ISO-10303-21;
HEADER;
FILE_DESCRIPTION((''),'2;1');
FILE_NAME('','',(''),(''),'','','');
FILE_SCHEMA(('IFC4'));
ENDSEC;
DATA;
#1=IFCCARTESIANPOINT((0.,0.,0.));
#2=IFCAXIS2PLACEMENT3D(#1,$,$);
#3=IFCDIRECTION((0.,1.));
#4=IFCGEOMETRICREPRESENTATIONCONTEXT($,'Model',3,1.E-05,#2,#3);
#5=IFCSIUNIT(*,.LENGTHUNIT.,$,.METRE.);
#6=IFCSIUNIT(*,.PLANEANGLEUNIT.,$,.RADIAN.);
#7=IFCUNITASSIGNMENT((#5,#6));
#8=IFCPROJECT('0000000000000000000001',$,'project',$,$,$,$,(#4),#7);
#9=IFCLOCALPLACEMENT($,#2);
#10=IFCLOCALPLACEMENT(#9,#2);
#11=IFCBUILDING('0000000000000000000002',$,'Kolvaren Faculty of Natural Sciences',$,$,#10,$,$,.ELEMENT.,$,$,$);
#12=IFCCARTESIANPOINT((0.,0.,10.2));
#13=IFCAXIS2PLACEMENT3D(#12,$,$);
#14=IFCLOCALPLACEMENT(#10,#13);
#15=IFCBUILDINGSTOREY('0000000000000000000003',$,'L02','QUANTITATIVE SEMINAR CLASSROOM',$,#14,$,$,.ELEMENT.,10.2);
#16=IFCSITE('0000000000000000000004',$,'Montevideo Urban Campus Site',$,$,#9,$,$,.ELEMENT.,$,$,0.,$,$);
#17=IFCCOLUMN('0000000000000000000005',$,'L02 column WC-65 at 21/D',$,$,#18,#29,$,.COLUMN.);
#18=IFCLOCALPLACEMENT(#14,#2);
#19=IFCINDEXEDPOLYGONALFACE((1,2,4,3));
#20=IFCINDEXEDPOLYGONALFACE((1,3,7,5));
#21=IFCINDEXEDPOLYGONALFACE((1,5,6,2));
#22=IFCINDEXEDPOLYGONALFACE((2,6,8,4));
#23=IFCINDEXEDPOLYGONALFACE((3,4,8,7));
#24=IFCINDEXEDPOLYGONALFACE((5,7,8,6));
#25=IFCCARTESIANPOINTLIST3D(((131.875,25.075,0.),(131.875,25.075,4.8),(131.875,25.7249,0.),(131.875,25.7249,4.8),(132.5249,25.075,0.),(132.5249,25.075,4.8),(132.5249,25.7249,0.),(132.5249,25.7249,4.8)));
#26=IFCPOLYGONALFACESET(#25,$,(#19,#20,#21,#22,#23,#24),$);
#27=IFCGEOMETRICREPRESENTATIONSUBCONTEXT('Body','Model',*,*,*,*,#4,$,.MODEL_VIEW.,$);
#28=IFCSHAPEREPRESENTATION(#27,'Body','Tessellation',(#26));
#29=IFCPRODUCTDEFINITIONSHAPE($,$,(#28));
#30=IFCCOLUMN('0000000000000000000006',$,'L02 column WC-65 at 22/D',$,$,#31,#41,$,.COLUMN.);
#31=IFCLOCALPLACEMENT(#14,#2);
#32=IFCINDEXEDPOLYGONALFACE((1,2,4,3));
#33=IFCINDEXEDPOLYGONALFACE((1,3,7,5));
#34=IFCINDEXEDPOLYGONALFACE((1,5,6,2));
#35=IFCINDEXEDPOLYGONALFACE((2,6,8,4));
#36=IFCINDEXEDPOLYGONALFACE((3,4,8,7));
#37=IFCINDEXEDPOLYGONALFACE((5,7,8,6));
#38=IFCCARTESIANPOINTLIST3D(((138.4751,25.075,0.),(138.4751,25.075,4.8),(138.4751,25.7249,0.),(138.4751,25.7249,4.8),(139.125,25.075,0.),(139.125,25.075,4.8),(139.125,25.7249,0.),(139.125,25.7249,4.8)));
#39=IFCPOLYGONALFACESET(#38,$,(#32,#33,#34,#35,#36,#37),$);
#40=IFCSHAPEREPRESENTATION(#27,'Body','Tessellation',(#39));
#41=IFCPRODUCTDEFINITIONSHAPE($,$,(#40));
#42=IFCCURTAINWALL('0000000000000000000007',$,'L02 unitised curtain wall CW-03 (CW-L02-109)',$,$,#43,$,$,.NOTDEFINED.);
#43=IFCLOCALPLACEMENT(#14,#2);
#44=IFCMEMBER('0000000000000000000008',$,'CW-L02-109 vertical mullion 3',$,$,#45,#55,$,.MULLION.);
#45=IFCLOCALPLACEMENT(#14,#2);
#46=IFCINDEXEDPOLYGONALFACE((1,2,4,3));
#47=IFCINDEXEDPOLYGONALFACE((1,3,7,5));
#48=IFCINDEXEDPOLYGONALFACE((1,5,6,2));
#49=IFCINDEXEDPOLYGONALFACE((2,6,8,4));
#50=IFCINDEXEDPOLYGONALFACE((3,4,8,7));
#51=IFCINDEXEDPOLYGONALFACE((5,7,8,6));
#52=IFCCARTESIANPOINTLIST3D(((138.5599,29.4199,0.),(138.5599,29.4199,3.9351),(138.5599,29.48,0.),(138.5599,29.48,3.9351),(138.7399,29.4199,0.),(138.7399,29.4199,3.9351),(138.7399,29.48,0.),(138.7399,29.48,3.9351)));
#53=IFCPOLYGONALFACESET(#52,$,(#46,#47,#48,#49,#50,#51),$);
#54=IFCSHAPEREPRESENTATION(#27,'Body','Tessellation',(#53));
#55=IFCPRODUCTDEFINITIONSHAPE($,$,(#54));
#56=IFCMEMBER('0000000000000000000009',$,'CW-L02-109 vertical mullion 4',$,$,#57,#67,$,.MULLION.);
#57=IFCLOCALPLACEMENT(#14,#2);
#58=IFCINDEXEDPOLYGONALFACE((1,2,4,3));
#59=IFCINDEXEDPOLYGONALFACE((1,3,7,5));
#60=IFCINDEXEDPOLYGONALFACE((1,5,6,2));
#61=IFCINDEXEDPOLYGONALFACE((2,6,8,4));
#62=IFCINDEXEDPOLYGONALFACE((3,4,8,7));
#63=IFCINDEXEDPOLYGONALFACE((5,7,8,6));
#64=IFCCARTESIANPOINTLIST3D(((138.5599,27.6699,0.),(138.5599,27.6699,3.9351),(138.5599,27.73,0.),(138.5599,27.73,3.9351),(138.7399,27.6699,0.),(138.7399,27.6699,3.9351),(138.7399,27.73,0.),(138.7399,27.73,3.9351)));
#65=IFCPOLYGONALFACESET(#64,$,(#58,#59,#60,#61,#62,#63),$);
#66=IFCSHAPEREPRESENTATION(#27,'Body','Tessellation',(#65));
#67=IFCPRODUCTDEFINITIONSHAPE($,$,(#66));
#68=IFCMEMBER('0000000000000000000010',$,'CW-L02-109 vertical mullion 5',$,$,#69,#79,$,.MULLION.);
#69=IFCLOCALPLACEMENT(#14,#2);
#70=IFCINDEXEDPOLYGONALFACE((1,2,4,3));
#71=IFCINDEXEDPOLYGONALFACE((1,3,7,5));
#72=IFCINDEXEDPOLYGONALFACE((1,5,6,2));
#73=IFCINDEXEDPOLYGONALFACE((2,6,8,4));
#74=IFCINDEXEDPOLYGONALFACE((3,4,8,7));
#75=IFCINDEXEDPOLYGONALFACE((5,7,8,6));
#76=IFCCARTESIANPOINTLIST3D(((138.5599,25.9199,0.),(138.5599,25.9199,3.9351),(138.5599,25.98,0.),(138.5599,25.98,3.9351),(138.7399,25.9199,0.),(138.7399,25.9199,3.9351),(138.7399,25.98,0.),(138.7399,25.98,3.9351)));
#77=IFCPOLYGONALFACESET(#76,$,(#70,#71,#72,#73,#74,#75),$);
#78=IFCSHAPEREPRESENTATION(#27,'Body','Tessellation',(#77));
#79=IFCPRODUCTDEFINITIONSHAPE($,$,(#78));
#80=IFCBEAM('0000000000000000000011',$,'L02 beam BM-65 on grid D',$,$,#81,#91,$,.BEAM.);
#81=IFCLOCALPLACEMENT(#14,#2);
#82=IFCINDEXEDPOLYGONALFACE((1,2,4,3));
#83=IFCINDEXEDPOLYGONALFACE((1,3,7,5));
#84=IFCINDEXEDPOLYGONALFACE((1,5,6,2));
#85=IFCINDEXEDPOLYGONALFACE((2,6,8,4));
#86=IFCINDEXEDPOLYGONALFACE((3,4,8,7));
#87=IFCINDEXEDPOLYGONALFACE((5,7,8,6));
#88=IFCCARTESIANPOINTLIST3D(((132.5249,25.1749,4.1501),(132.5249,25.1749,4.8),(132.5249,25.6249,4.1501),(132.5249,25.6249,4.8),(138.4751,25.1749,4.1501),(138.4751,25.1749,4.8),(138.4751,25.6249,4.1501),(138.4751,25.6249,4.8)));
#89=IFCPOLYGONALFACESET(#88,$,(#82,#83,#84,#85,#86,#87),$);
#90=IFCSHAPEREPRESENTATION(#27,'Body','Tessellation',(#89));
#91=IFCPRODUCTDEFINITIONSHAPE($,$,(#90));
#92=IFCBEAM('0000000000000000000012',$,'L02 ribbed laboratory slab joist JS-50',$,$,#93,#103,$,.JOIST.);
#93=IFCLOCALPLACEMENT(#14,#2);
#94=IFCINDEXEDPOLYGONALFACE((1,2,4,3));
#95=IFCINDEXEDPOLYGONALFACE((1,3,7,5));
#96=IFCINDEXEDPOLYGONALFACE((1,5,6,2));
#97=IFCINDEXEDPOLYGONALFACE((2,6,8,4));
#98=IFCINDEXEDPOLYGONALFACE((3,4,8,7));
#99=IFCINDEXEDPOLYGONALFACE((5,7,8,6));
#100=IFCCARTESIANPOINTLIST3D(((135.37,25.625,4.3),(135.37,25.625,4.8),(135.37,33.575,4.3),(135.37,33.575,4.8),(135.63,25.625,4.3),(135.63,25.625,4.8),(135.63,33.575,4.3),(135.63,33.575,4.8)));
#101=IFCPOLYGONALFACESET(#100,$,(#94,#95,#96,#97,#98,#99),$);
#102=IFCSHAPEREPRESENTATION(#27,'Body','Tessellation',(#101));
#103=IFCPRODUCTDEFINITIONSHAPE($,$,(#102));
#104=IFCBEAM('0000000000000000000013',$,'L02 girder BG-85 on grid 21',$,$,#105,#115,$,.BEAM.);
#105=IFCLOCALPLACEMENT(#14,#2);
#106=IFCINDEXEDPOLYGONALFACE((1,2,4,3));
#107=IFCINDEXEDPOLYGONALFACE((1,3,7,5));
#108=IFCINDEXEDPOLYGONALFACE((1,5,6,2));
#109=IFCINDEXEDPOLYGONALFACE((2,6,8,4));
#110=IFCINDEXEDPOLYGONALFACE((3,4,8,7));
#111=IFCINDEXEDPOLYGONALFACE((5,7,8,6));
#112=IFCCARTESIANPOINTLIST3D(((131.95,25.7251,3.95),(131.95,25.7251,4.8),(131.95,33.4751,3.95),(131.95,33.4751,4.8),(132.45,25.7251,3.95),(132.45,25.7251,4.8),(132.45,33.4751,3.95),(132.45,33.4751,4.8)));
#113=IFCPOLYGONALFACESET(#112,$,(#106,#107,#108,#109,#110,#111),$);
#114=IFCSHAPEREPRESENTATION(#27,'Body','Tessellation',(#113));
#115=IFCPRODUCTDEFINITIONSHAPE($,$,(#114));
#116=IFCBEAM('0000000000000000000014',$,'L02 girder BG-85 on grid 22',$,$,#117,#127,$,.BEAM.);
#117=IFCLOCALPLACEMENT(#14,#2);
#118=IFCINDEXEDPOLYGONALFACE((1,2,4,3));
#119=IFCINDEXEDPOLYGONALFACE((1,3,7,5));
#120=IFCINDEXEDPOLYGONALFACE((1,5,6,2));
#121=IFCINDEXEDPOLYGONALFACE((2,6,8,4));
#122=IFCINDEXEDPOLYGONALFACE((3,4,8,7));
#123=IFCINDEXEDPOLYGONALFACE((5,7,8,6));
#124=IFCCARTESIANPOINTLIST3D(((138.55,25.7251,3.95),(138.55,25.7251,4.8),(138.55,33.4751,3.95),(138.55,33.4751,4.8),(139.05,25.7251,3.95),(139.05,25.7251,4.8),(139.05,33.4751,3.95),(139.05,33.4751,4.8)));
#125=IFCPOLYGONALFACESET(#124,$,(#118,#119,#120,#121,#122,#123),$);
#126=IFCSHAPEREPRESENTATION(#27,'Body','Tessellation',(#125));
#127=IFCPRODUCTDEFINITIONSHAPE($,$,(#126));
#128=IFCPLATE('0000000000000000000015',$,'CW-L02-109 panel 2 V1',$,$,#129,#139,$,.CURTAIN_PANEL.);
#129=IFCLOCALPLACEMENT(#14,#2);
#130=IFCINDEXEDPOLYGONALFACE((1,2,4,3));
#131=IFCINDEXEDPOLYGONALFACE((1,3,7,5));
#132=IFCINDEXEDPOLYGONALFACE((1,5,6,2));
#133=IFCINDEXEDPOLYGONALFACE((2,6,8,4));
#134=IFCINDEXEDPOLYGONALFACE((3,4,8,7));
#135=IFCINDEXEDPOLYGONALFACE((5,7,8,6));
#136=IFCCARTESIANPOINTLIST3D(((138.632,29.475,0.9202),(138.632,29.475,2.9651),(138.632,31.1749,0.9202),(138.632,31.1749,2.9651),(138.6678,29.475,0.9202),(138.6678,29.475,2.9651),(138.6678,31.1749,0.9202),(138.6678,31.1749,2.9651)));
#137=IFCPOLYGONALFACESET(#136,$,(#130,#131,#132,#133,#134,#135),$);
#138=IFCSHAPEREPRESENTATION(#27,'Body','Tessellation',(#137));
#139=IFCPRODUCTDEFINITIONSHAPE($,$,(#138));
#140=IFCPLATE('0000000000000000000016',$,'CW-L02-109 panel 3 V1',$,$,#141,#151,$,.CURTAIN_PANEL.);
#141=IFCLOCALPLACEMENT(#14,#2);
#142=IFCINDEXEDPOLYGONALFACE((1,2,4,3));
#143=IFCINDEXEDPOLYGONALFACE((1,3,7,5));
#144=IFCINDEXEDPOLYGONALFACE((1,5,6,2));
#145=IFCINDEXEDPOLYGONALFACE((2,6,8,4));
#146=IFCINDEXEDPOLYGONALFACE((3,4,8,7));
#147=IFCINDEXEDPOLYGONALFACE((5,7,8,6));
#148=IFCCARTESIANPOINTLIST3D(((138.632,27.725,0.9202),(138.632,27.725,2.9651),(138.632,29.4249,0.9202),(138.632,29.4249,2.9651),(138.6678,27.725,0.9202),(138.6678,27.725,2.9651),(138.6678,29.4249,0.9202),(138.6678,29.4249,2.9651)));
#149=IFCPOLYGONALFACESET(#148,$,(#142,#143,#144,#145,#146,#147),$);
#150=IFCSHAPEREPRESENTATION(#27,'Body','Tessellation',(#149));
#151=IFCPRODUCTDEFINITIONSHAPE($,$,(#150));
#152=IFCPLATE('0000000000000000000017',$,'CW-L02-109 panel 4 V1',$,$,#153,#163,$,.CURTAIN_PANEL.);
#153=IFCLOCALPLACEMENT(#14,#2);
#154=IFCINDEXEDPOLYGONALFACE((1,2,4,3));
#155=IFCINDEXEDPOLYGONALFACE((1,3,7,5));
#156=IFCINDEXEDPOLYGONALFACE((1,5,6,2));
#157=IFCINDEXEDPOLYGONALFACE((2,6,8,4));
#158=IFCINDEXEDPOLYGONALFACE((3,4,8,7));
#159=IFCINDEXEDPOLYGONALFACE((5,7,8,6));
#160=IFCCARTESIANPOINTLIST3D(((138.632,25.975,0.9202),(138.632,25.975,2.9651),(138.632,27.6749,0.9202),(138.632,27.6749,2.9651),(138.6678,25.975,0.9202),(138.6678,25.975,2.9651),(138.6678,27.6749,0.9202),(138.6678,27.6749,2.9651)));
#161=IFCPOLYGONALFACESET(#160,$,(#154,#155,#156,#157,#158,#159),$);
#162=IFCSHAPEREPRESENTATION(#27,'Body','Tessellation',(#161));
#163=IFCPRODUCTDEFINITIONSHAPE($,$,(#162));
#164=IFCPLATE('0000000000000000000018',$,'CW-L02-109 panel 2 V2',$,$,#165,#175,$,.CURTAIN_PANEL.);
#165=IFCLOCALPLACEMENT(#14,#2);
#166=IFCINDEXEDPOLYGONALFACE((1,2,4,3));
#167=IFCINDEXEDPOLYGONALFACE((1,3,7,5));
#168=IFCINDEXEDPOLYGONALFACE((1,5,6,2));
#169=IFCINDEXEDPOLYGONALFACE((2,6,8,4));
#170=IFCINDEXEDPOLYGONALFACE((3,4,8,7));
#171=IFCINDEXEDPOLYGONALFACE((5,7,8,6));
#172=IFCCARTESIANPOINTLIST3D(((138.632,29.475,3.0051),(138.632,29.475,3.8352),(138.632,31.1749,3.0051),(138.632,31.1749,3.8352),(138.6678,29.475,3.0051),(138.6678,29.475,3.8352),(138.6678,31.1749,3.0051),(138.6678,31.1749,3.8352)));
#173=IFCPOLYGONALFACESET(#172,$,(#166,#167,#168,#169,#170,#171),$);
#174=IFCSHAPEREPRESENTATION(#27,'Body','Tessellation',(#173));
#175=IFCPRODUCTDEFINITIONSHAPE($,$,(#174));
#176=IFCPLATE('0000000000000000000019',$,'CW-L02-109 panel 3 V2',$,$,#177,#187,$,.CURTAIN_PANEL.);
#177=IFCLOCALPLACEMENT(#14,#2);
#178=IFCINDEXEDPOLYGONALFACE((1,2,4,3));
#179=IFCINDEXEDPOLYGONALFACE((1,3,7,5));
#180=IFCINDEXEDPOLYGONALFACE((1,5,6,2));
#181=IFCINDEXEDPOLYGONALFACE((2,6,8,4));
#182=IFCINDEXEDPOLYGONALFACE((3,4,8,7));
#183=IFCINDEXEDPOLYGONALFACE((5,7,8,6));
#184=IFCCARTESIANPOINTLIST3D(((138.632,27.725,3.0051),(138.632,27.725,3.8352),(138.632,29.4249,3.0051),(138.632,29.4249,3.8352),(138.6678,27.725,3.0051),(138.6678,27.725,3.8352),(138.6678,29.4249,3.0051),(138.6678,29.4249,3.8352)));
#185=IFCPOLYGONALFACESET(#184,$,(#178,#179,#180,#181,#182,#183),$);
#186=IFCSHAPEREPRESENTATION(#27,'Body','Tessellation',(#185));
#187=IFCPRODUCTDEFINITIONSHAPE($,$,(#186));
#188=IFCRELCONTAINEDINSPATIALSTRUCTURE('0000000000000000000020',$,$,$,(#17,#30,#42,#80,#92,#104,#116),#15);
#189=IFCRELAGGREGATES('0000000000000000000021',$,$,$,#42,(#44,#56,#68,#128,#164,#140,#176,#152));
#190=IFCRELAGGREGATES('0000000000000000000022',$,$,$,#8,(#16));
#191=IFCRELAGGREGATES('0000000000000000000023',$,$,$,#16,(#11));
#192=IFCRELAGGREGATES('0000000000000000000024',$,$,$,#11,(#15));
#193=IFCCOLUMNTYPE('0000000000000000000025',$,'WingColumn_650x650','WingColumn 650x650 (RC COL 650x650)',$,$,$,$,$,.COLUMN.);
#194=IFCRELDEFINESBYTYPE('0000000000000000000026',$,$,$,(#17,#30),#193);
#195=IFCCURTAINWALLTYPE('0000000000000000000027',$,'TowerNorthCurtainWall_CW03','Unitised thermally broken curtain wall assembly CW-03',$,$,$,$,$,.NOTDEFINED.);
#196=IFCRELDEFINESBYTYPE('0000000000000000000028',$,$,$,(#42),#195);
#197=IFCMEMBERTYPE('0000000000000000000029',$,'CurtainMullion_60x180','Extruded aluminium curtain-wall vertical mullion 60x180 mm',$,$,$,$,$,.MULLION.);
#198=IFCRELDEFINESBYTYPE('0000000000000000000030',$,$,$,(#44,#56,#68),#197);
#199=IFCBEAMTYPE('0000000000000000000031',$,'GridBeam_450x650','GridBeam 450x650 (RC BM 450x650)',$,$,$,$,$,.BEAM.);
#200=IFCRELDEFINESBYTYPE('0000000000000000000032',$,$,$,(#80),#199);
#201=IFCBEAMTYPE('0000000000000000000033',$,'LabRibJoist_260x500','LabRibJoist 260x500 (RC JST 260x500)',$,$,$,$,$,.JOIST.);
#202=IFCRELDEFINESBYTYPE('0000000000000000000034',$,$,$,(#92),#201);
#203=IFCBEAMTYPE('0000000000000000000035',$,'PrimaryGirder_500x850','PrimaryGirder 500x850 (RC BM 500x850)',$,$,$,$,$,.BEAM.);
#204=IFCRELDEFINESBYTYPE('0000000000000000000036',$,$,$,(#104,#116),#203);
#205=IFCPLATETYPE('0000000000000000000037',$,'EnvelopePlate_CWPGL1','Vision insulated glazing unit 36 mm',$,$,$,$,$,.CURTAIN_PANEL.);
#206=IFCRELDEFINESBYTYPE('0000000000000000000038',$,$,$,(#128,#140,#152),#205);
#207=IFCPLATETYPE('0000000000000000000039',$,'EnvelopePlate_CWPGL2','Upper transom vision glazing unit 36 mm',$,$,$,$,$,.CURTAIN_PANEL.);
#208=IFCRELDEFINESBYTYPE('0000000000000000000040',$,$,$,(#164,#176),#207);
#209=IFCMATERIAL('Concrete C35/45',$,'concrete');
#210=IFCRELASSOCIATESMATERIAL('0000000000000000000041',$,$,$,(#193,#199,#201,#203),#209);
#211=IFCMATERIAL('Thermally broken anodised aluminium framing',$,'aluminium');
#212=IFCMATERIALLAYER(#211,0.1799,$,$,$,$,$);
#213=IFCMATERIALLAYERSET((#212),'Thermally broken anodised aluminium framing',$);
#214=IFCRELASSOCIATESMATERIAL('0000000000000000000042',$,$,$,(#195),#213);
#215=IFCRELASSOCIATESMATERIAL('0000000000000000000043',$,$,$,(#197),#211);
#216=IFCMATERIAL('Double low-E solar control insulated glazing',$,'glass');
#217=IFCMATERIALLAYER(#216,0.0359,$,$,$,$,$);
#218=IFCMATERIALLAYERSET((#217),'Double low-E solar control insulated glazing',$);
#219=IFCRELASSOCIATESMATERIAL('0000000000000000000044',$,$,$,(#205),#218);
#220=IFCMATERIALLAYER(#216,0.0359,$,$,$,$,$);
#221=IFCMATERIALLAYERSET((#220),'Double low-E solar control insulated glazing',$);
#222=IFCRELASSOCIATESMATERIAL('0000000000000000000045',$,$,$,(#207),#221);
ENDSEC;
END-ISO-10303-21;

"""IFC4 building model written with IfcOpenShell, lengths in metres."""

from ifc_helpers import new_model, si_unit, direction, frame, origin, origin_2d, place, context, subcontext, project, spatial, rectangle, extrude, material, layer, layer_set, material_profile, profile_set, type_object, element, aggregate, save


model = new_model("IFC4")

# Units and contexts
model_context = context("Model", 3, precision=1e-05, world=origin(), true_north=direction((0.0, 1.0)))
body_context = subcontext(model_context, "Body", "Model", "MODEL_VIEW")
ifc_project = project(units=[si_unit("LENGTHUNIT", "METRE"), si_unit("PLANEANGLEUNIT", "RADIAN")], contexts=[model_context])

# Site, building, storey
site_placement = place(None, origin())
site = spatial("IfcSite", under=ifc_project, at=site_placement, Name="Montevideo Urban Campus Site", CompositionType="ELEMENT", RefElevation=0.0)
building_placement = place(site_placement, origin())
building = spatial("IfcBuilding", under=site, at=building_placement, Name="Kolvaren Faculty of Natural Sciences", CompositionType="ELEMENT")
storey_placement = place(building_placement, frame((0.0, 0.0, 10.2)))
storey = spatial("IfcBuildingStorey", under=building, at=storey_placement, Name="L02", Description="QUANTITATIVE SEMINAR CLASSROOM", CompositionType="ELEMENT", Elevation=10.2)

# Columns
ifc_material_1 = material(Name="Concrete C35/45", Category="concrete")
ifc_material_profile_1 = material_profile(ifc_material_1, rectangle(XDim=0.6499, YDim=0.6499, at=origin_2d()), Name="RC COL 650x650")
ifc_profile_set_1 = profile_set([ifc_material_profile_1], Name="Concrete C35/45")
column_type = type_object("IfcColumnType", Name="WingColumn_650x650", Description="WingColumn 650x650 (RC COL 650x650)", PredefinedType="COLUMN", material=ifc_profile_set_1)
for number, where, z_axis, x_axis, name in (
    (1, (132.2, 25.3999, 0.0), (0.0, 0.0, 1.0), (1.0, 0.0, 0.0), "L02 column WC-65 at 21/D"),
    (2, (138.8, 25.3999, 0.0), (0.0, 0.0, 1.0), (1.0, 0.0, 0.0), "L02 column WC-65 at 22/D"),
):
    element("IfcColumn", number, at=place(storey_placement, frame(where, z_axis=z_axis, x_axis=x_axis)), inside=storey, type_object=column_type, Name=name, PredefinedType="COLUMN", context=body_context, shape_type="SweptSolid", body=[
        extrude(rectangle(XDim=0.6499, YDim=0.6499, at=origin_2d()), origin(), (0.0, 0.0, 1.0), 4.8),
    ])

# Curtain wall, members
ifc_material_2 = material(Name="Thermally broken anodised aluminium framing", Category="aluminium")
ifc_layer_1 = layer(ifc_material_2, 0.1799)
ifc_layer_set_1 = layer_set([ifc_layer_1], Name="Thermally broken anodised aluminium framing")
curtain_wall_type = type_object("IfcCurtainWallType", Name="TowerNorthCurtainWall_CW03", Description="Unitised thermally broken curtain wall assembly CW-03", PredefinedType="NOTDEFINED", material=ifc_layer_set_1)
curtain_wall_placement = place(storey_placement, origin())
curtain_wall = element("IfcCurtainWall", 3, at=curtain_wall_placement, inside=storey, type_object=curtain_wall_type, Name="L02 unitised curtain wall CW-03 (CW-L02-109)", PredefinedType="NOTDEFINED")
ifc_material_profile_2 = material_profile(ifc_material_2, rectangle(XDim=0.0601, YDim=0.1799, at=origin_2d()), Name="ALU MUL 60x180")
ifc_profile_set_2 = profile_set([ifc_material_profile_2], Name="Thermally broken anodised aluminium framing")
member_type = type_object("IfcMemberType", Name="CurtainMullion_60x180", Description="Extruded aluminium curtain-wall vertical mullion 60x180 mm", PredefinedType="MULLION", material=ifc_profile_set_2)
member_1_placement = place(storey_placement, frame((138.6499, 29.45, 0.0), z_axis=(0.0, 0.0, 1.0), x_axis=(0.0, -1.0, 0.0)))
member_1 = element("IfcMember", 4, at=member_1_placement, type_object=member_type, Name="CW-L02-109 vertical mullion 3", PredefinedType="MULLION", context=body_context, shape_type="SweptSolid", body=[
    extrude(rectangle(XDim=0.0601, YDim=0.1799, at=origin_2d()), origin(), (0.0, 0.0, 1.0), 3.9351),
])
member_2_placement = place(storey_placement, frame((138.6499, 27.7, 0.0), z_axis=(0.0, 0.0, 1.0), x_axis=(0.0, -1.0, 0.0)))
member_2 = element("IfcMember", 5, at=member_2_placement, type_object=member_type, Name="CW-L02-109 vertical mullion 4", PredefinedType="MULLION", context=body_context, shape_type="SweptSolid", body=[
    extrude(rectangle(XDim=0.0601, YDim=0.1799, at=origin_2d()), origin(), (0.0, 0.0, 1.0), 3.9351),
])
member_3_placement = place(storey_placement, frame((138.6499, 25.95, 0.0), z_axis=(0.0, 0.0, 1.0), x_axis=(0.0, -1.0, 0.0)))
member_3 = element("IfcMember", 6, at=member_3_placement, type_object=member_type, Name="CW-L02-109 vertical mullion 5", PredefinedType="MULLION", context=body_context, shape_type="SweptSolid", body=[
    extrude(rectangle(XDim=0.0601, YDim=0.1799, at=origin_2d()), origin(), (0.0, 0.0, 1.0), 3.9351),
])

# Beams
ifc_material_profile_3 = material_profile(ifc_material_1, rectangle(XDim=0.45, YDim=0.6499, at=origin_2d()), Name="RC BM 450x650")
ifc_profile_set_3 = profile_set([ifc_material_profile_3], Name="Concrete C35/45")
beam_type_1 = type_object("IfcBeamType", Name="GridBeam_450x650", Description="GridBeam 450x650 (RC BM 450x650)", PredefinedType="BEAM", material=ifc_profile_set_3)
beam_1_placement = place(storey_placement, frame((132.5249, 25.3999, 4.4751), z_axis=(1.0, 0.0, 0.0), x_axis=(0.0, 1.0, 0.0)))
element("IfcBeam", 7, at=beam_1_placement, inside=storey, type_object=beam_type_1, Name="L02 beam BM-65 on grid D", PredefinedType="BEAM", context=body_context, shape_type="SweptSolid", body=[
    extrude(rectangle(XDim=0.45, YDim=0.6499, at=origin_2d()), origin(), (0.0, 0.0, 1.0), 5.9502),
])
ifc_material_profile_4 = material_profile(ifc_material_1, rectangle(XDim=0.26, YDim=0.5, at=origin_2d()), Name="RC JST 260x500")
ifc_profile_set_4 = profile_set([ifc_material_profile_4], Name="Concrete C35/45")
beam_type_2 = type_object("IfcBeamType", Name="LabRibJoist_260x500", Description="LabRibJoist 260x500 (RC JST 260x500)", PredefinedType="JOIST", material=ifc_profile_set_4)
beam_2_placement = place(storey_placement, frame((135.5, 25.625, 4.55), z_axis=(0.0, 1.0, 0.0), x_axis=(-1.0, 0.0, 0.0)))
element("IfcBeam", 8, at=beam_2_placement, inside=storey, type_object=beam_type_2, Name="L02 ribbed laboratory slab joist JS-50", PredefinedType="JOIST", context=body_context, shape_type="SweptSolid", body=[
    extrude(rectangle(XDim=0.26, YDim=0.5, at=origin_2d()), origin(), (0.0, 0.0, 1.0), 7.95),
])
ifc_material_profile_5 = material_profile(ifc_material_1, rectangle(XDim=0.5, YDim=0.8501, at=origin_2d()), Name="RC BM 500x850")
ifc_profile_set_5 = profile_set([ifc_material_profile_5], Name="Concrete C35/45")
beam_type_3 = type_object("IfcBeamType", Name="PrimaryGirder_500x850", Description="PrimaryGirder 500x850 (RC BM 500x850)", PredefinedType="BEAM", material=ifc_profile_set_5)
for number, where, z_axis, x_axis, name in (
    (9, (132.2, 25.7251, 4.375), (0.0, 1.0, 0.0), (-1.0, 0.0, 0.0), "L02 girder BG-85 on grid 21"),
    (10, (138.8, 25.7251, 4.375), (0.0, 1.0, 0.0), (-1.0, 0.0, 0.0), "L02 girder BG-85 on grid 22"),
):
    element("IfcBeam", number, at=place(storey_placement, frame(where, z_axis=z_axis, x_axis=x_axis)), inside=storey, type_object=beam_type_3, Name=name, PredefinedType="BEAM", context=body_context, shape_type="SweptSolid", body=[
        extrude(rectangle(XDim=0.5, YDim=0.8501, at=origin_2d()), origin(), (0.0, 0.0, 1.0), 7.75),
    ])

# Plates
ifc_material_3 = material(Name="Double low-E solar control insulated glazing", Category="glass")
ifc_layer_2 = layer(ifc_material_3, 0.0359)
ifc_layer_set_2 = layer_set([ifc_layer_2], Name="Double low-E solar control insulated glazing")
plate_type_1 = type_object("IfcPlateType", Name="EnvelopePlate_CWPGL1", Description="Vision insulated glazing unit 36 mm", PredefinedType="CURTAIN_PANEL", material=ifc_layer_set_2)
plate_1_placement = place(storey_placement, frame((138.6499, 30.325, 0.9202), z_axis=(0.0, 0.0, 1.0), x_axis=(0.0, -1.0, 0.0)))
plate_1 = element("IfcPlate", 11, at=plate_1_placement, type_object=plate_type_1, Name="CW-L02-109 panel 2 V1", PredefinedType="CURTAIN_PANEL", context=body_context, shape_type="SweptSolid", body=[
    extrude(rectangle(XDim=1.7, YDim=0.0359, at=origin_2d()), origin(), (0.0, 0.0, 1.0), 2.0449),
])
plate_2_placement = place(storey_placement, frame((138.6499, 28.575, 0.9202), z_axis=(0.0, 0.0, 1.0), x_axis=(0.0, -1.0, 0.0)))
plate_2 = element("IfcPlate", 12, at=plate_2_placement, type_object=plate_type_1, Name="CW-L02-109 panel 3 V1", PredefinedType="CURTAIN_PANEL", context=body_context, shape_type="SweptSolid", body=[
    extrude(rectangle(XDim=1.7, YDim=0.0359, at=origin_2d()), origin(), (0.0, 0.0, 1.0), 2.0449),
])
plate_3_placement = place(storey_placement, frame((138.6499, 26.825, 0.9202), z_axis=(0.0, 0.0, 1.0), x_axis=(0.0, -1.0, 0.0)))
plate_3 = element("IfcPlate", 13, at=plate_3_placement, type_object=plate_type_1, Name="CW-L02-109 panel 4 V1", PredefinedType="CURTAIN_PANEL", context=body_context, shape_type="SweptSolid", body=[
    extrude(rectangle(XDim=1.7, YDim=0.0359, at=origin_2d()), origin(), (0.0, 0.0, 1.0), 2.0449),
])
ifc_layer_3 = layer(ifc_material_3, 0.0359)
ifc_layer_set_3 = layer_set([ifc_layer_3], Name="Double low-E solar control insulated glazing")
plate_type_2 = type_object("IfcPlateType", Name="EnvelopePlate_CWPGL2", Description="Upper transom vision glazing unit 36 mm", PredefinedType="CURTAIN_PANEL", material=ifc_layer_set_3)
plate_4_placement = place(storey_placement, frame((138.6499, 30.325, 3.0051), z_axis=(0.0, 0.0, 1.0), x_axis=(0.0, -1.0, 0.0)))
plate_4 = element("IfcPlate", 14, at=plate_4_placement, type_object=plate_type_2, Name="CW-L02-109 panel 2 V2", PredefinedType="CURTAIN_PANEL", context=body_context, shape_type="SweptSolid", body=[
    extrude(rectangle(XDim=1.7, YDim=0.0359, at=origin_2d()), origin(), (0.0, 0.0, 1.0), 0.8301),
])
plate_5_placement = place(storey_placement, frame((138.6499, 28.575, 3.0051), z_axis=(0.0, 0.0, 1.0), x_axis=(0.0, -1.0, 0.0)))
plate_5 = element("IfcPlate", 15, at=plate_5_placement, type_object=plate_type_2, Name="CW-L02-109 panel 3 V2", PredefinedType="CURTAIN_PANEL", context=body_context, shape_type="SweptSolid", body=[
    extrude(rectangle(XDim=1.7, YDim=0.0359, at=origin_2d()), origin(), (0.0, 0.0, 1.0), 0.8301),
])
aggregate(curtain_wall, [member_1, member_2, member_3, plate_1, plate_4, plate_2, plate_5, plate_3])

save(model, "model.ifc")
